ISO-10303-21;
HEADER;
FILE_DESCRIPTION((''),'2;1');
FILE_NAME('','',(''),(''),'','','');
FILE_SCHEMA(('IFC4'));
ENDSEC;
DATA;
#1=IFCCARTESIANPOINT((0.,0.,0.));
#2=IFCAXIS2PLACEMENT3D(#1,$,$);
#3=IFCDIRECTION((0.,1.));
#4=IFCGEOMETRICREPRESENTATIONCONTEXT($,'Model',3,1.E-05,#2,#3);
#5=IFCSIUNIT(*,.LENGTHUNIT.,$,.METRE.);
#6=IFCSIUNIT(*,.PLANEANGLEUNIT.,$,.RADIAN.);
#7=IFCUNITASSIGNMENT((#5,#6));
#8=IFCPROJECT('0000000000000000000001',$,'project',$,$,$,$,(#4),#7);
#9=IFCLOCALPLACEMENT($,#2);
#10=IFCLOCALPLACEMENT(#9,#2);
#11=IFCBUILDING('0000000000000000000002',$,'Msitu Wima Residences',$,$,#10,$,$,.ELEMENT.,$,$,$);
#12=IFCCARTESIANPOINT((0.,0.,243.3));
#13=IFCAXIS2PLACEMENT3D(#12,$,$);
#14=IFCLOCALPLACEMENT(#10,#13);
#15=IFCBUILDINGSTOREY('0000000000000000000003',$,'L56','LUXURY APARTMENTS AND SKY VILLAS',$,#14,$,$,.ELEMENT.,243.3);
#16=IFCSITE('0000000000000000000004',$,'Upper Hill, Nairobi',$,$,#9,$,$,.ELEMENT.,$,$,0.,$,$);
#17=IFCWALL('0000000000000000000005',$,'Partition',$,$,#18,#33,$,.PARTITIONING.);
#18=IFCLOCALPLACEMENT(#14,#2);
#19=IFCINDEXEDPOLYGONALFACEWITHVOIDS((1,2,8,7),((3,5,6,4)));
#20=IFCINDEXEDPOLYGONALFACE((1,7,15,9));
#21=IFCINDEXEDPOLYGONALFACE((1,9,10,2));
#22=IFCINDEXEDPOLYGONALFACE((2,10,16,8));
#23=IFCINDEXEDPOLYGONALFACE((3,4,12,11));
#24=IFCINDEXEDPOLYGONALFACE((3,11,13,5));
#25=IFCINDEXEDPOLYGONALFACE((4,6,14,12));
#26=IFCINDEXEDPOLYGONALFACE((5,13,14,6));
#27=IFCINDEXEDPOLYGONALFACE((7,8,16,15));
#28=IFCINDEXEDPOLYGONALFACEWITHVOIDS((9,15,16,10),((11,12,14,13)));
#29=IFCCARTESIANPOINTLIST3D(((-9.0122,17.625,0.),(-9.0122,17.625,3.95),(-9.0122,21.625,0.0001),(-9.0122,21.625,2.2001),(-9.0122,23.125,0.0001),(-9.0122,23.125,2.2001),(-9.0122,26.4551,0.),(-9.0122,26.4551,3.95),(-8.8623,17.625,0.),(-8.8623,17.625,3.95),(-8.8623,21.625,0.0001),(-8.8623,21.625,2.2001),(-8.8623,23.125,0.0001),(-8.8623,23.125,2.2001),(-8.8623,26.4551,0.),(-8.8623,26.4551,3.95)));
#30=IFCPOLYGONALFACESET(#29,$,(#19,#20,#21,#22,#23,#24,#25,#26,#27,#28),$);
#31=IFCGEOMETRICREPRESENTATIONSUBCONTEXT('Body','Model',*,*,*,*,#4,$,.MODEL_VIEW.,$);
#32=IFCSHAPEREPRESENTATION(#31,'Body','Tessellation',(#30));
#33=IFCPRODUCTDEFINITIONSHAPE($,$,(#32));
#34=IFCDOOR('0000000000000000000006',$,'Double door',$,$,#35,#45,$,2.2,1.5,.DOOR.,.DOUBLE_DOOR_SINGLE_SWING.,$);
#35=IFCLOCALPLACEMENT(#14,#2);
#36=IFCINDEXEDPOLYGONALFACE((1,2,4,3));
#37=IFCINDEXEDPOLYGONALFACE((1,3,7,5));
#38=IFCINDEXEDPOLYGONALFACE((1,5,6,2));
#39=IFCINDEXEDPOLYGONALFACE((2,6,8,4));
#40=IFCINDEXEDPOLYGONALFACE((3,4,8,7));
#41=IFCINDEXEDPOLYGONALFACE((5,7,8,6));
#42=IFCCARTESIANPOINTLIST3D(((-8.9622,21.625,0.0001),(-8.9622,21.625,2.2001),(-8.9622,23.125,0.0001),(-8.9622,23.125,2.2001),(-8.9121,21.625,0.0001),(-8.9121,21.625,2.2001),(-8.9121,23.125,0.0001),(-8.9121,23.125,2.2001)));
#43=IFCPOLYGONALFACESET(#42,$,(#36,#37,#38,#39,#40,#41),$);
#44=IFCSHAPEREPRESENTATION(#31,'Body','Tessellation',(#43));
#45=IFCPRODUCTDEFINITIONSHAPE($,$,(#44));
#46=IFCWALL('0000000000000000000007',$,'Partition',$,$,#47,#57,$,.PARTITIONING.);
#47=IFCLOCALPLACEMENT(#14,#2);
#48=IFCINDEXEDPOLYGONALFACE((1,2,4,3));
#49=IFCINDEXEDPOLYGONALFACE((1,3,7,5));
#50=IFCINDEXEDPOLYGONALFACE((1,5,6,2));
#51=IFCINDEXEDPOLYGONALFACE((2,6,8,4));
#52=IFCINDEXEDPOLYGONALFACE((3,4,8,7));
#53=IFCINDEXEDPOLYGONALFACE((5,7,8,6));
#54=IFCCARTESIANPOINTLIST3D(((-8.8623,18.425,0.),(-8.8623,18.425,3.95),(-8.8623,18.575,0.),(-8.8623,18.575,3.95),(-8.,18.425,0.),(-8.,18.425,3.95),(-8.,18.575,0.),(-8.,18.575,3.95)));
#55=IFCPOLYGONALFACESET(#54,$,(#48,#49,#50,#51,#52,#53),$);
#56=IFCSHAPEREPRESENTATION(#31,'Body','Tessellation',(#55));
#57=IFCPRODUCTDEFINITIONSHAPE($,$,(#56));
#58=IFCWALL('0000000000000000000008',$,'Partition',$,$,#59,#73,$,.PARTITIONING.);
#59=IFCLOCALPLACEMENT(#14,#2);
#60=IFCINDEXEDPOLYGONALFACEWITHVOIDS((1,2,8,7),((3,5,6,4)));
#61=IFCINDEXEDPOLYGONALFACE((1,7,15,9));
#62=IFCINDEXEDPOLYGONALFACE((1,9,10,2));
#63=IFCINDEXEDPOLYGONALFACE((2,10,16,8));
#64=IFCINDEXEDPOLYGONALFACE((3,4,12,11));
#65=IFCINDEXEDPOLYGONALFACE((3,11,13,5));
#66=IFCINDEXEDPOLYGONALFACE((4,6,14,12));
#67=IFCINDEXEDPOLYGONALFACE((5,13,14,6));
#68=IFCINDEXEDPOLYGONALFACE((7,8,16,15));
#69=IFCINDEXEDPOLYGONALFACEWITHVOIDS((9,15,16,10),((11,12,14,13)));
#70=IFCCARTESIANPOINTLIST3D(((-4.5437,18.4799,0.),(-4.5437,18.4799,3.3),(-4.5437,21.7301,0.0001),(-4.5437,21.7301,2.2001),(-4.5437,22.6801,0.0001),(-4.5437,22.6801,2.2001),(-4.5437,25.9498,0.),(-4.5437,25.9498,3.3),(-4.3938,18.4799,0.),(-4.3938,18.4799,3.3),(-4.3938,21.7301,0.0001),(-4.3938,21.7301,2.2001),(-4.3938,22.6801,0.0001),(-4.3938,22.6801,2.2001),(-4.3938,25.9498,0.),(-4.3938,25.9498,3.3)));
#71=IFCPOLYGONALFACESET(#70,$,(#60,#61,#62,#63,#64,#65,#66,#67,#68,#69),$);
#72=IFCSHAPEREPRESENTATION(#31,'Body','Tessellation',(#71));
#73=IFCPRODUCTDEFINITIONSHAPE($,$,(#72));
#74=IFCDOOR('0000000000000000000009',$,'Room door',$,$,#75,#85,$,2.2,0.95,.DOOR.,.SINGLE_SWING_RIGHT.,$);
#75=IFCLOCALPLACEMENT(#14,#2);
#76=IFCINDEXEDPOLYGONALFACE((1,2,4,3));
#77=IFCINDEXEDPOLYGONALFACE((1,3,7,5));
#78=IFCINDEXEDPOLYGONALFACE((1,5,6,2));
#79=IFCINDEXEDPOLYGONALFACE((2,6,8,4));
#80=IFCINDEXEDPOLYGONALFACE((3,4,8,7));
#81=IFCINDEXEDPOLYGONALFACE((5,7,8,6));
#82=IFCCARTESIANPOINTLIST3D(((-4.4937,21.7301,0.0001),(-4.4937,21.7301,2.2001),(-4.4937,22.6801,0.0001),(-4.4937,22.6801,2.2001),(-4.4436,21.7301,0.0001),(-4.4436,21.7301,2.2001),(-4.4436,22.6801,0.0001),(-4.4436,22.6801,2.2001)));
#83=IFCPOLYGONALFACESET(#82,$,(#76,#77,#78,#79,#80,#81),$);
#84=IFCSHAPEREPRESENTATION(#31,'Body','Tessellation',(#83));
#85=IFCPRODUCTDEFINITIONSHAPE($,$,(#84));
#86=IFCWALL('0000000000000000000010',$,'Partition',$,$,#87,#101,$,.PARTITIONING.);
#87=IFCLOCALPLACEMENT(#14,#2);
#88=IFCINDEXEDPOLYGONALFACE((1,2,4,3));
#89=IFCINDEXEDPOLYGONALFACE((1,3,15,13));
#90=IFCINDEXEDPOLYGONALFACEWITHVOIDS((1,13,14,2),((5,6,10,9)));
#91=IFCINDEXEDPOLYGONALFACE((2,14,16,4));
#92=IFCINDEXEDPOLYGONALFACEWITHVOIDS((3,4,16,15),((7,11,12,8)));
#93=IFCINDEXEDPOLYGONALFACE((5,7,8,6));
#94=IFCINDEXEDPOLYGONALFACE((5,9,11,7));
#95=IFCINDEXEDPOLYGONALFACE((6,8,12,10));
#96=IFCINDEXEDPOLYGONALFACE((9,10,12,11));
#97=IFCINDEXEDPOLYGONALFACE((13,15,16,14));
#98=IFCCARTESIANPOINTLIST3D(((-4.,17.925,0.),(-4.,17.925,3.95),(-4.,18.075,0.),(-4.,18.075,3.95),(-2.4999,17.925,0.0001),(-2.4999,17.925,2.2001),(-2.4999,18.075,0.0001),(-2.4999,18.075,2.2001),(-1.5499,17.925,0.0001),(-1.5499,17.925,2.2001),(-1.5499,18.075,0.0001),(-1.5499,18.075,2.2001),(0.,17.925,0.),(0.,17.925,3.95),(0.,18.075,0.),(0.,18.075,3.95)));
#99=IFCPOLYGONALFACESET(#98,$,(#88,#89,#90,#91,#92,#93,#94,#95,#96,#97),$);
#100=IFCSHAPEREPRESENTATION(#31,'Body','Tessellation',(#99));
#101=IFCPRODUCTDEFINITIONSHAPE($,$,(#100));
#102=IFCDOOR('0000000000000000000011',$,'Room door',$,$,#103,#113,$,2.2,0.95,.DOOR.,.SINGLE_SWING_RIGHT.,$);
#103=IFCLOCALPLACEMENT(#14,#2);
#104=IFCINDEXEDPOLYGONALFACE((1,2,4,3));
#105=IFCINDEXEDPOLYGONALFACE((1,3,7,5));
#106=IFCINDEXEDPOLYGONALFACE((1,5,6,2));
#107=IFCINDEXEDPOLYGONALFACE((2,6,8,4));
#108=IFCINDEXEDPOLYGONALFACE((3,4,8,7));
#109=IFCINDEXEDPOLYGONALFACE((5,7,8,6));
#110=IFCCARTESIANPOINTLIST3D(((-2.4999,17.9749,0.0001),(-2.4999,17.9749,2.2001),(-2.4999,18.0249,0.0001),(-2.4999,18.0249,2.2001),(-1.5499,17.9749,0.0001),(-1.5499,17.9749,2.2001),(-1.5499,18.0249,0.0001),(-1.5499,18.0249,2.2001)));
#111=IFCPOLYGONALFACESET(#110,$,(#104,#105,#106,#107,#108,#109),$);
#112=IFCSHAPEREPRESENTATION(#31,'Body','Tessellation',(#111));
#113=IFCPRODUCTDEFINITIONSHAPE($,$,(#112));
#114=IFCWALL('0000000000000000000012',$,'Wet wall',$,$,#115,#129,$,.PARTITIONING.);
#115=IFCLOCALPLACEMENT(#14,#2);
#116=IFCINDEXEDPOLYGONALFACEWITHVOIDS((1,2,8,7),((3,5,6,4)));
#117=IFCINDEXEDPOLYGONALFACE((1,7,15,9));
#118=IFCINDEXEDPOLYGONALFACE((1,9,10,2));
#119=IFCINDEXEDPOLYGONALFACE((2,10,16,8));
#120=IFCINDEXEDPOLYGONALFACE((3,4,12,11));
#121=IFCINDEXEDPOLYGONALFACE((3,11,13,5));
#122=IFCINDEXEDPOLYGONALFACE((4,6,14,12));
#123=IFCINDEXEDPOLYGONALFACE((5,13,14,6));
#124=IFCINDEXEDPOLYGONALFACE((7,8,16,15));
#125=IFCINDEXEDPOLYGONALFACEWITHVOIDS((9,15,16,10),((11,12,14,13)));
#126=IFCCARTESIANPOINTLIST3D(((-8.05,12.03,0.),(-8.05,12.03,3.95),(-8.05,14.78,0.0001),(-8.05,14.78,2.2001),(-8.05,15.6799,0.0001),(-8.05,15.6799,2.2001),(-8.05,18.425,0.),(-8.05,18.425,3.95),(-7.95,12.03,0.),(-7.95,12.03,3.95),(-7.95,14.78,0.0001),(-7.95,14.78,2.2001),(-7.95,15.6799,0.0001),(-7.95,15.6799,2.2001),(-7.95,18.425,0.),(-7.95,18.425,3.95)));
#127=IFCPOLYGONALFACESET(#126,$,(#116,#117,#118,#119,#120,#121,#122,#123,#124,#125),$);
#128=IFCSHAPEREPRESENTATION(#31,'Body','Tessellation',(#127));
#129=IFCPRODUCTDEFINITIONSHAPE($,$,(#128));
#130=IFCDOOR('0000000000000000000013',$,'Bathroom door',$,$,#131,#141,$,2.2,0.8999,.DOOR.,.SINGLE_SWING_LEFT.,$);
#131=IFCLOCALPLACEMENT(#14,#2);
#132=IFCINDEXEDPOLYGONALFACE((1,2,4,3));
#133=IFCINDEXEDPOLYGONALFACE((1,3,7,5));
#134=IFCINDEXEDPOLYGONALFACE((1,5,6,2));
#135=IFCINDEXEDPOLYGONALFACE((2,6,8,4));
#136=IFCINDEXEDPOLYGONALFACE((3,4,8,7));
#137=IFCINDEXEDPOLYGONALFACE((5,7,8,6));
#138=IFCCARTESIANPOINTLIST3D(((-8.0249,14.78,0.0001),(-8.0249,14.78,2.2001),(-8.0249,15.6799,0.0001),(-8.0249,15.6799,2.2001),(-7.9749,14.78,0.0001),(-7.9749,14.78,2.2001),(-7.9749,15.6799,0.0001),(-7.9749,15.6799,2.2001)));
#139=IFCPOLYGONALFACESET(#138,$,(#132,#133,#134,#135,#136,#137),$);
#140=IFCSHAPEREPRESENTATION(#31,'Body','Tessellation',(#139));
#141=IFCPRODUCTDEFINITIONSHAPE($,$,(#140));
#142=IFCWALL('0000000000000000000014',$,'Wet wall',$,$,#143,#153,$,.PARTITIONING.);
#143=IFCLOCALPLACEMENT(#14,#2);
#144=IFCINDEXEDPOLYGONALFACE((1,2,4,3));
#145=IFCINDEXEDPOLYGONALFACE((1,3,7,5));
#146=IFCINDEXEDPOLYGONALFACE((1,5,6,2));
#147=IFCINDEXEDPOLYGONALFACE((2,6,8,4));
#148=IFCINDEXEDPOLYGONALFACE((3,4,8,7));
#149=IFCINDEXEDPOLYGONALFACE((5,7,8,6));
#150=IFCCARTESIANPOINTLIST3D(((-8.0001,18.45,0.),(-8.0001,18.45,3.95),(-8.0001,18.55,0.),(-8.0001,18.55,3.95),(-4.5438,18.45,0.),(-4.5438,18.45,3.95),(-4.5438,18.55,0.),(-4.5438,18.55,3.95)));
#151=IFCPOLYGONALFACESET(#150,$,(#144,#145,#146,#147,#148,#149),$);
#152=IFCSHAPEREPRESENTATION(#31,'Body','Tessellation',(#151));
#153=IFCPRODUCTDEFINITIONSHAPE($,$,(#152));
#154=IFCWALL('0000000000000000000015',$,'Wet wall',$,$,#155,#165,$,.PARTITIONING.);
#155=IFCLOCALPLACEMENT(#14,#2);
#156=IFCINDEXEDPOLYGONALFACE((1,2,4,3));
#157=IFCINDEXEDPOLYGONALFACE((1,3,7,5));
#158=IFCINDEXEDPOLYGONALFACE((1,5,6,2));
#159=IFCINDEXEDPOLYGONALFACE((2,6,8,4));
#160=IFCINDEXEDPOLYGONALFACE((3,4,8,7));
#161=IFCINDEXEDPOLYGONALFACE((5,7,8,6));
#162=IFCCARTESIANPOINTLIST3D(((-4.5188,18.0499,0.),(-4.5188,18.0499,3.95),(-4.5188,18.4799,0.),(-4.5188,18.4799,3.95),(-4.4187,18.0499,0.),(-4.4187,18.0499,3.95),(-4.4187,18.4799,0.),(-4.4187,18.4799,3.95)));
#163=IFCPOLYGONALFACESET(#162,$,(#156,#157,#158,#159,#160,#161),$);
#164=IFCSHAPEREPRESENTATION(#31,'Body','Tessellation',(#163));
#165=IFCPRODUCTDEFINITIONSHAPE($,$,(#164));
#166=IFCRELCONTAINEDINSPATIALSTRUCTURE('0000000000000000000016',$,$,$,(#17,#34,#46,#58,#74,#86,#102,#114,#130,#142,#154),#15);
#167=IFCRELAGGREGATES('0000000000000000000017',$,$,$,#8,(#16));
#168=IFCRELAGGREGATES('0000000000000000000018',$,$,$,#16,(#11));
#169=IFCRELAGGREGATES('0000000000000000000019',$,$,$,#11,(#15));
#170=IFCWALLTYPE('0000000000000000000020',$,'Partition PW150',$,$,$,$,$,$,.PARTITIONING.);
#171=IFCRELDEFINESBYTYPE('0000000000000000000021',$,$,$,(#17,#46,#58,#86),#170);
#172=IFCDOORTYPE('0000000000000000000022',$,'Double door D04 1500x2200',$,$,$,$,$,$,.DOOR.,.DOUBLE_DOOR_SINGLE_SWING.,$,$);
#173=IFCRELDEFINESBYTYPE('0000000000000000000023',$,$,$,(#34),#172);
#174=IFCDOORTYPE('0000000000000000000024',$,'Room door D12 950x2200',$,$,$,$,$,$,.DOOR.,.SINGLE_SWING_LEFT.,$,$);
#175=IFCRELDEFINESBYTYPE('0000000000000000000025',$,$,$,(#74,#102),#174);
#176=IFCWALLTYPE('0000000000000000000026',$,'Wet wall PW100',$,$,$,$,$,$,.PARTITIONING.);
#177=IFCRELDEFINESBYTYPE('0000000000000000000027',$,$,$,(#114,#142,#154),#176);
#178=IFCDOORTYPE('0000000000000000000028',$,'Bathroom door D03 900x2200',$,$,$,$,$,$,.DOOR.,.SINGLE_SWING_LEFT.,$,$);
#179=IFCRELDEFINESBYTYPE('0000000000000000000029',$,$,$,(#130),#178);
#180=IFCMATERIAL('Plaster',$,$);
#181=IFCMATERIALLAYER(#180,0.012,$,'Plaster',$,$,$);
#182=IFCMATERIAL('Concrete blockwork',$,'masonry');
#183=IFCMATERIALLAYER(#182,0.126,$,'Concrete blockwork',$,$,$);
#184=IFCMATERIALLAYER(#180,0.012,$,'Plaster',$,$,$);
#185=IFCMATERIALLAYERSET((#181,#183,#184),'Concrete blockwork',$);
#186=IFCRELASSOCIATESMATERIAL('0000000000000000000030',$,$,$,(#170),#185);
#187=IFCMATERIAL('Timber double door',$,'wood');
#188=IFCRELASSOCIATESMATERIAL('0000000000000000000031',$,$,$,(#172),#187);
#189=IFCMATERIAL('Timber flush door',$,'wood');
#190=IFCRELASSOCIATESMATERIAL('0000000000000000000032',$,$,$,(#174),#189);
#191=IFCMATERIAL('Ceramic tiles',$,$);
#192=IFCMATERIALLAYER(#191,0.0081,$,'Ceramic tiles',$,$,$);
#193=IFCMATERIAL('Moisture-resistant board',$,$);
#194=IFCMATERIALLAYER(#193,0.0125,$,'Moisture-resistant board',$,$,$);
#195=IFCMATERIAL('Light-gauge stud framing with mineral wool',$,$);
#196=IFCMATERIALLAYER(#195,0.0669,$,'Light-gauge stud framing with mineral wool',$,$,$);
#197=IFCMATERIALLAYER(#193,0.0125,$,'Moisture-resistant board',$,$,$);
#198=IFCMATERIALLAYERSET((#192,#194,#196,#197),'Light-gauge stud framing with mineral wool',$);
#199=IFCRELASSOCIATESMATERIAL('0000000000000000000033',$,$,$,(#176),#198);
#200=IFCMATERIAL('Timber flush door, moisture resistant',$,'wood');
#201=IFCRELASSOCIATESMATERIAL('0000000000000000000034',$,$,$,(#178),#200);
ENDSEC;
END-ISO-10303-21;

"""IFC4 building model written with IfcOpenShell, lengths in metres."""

from ifc_helpers import new_model, si_unit, direction, frame, frame_2d, origin, place, context, subcontext, project, spatial, rectangle, extrude, material, layer, layer_set, type_object, element, fill, save


model = new_model("IFC4")

# Units and contexts
model_context = context("Model", 3, precision=1e-05, world=origin(), true_north=direction((0.0, 1.0)))
body_context = subcontext(model_context, "Body", "Model", "MODEL_VIEW")
ifc_project = project(units=[si_unit("LENGTHUNIT", "METRE"), si_unit("PLANEANGLEUNIT", "RADIAN")], contexts=[model_context])

# Site, building, storey
site_placement = place(None, origin())
site = spatial("IfcSite", under=ifc_project, at=site_placement, Name="Upper Hill, Nairobi", CompositionType="ELEMENT", RefElevation=0.0)
building_placement = place(site_placement, origin())
building = spatial("IfcBuilding", under=site, at=building_placement, Name="Msitu Wima Residences", CompositionType="ELEMENT")
storey_placement = place(building_placement, frame((0.0, 0.0, 243.3)))
storey = spatial("IfcBuildingStorey", under=building, at=storey_placement, Name="L56", Description="LUXURY APARTMENTS AND SKY VILLAS", CompositionType="ELEMENT", Elevation=243.3)

# Wall, opening, door
ifc_material_1 = material(Name="Plaster")
ifc_layer_1 = layer(ifc_material_1, 0.012, Name="Plaster")
ifc_material_2 = material(Name="Concrete blockwork", Category="masonry")
ifc_layer_2 = layer(ifc_material_2, 0.126, Name="Concrete blockwork")
ifc_layer_3 = layer(ifc_material_1, 0.012, Name="Plaster")
ifc_layer_set_1 = layer_set([ifc_layer_1, ifc_layer_2, ifc_layer_3], Name="Concrete blockwork")
wall_type_1 = type_object("IfcWallType", Name="Partition PW150", PredefinedType="PARTITIONING", material=ifc_layer_set_1)
wall_1_placement = place(storey_placement, frame((-8.9373, 17.625, 0.0), z_axis=(0.0, 0.0, 1.0), x_axis=(0.0, 1.0, 0.0)))
wall_1 = element("IfcWall", 1, at=wall_1_placement, inside=storey, type_object=wall_type_1, Name="Partition", PredefinedType="PARTITIONING", context=body_context, shape_type="SweptSolid", body=[
    extrude(rectangle(XDim=8.8301, YDim=0.1499, at=frame_2d((4.415, 0.0))), origin(), (0.0, 0.0, 1.0), 3.95),
])
opening_1_placement = place(wall_1_placement, frame((4.0, 0.0, 0.0)))
opening_1 = element("IfcOpeningElement", 2, at=opening_1_placement, cuts=wall_1, PredefinedType="OPENING", context=body_context, shape_type="SweptSolid", body=[
    extrude(rectangle(XDim=1.5, YDim=2.2, at=frame_2d((0.75, 1.1001))), frame((0.0, 0.085, 0.0), z_axis=(0.0, -1.0, 0.0), x_axis=(1.0, 0.0, 0.0)), (0.0, 0.0, 1.0), 0.1699),
])
ifc_material_3 = material(Name="Timber double door", Category="wood")
door_type_1 = type_object("IfcDoorType", Name="Double door D04 1500x2200", OperationType="DOUBLE_DOOR_SINGLE_SWING", PredefinedType="DOOR", material=ifc_material_3)
door_1_placement = place(opening_1_placement, origin())
door_1 = element("IfcDoor", 3, at=door_1_placement, inside=storey, type_object=door_type_1, Name="Double door", OperationType="DOUBLE_DOOR_SINGLE_SWING", OverallHeight=2.2, OverallWidth=1.5, PredefinedType="DOOR", context=body_context, shape_type="SweptSolid", body=[
    extrude(rectangle(XDim=1.5, YDim=2.2, at=frame_2d((0.75, 1.1001))), frame((0.0, 0.0249, 0.0), z_axis=(0.0, -1.0, 0.0), x_axis=(1.0, 0.0, 0.0)), (0.0, 0.0, 1.0), 0.05),
])
fill(opening_1, door_1)

# Wall
wall_2_placement = place(storey_placement, frame((-8.8623, 18.5, 0.0), z_axis=(0.0, 0.0, 1.0), x_axis=(1.0, 0.0, 0.0)))
element("IfcWall", 4, at=wall_2_placement, inside=storey, type_object=wall_type_1, Name="Partition", PredefinedType="PARTITIONING", context=body_context, shape_type="SweptSolid", body=[
    extrude(rectangle(XDim=0.8623, YDim=0.1499, at=frame_2d((0.4312, 0.0))), origin(), (0.0, 0.0, 1.0), 3.95),
])

# Walls, openings, doors
wall_3_placement = place(storey_placement, frame((-4.4688, 18.48, 0.0), z_axis=(0.0, 0.0, 1.0), x_axis=(0.0, 1.0, 0.0)))
wall_3 = element("IfcWall", 5, at=wall_3_placement, inside=storey, type_object=wall_type_1, Name="Partition", PredefinedType="PARTITIONING", context=body_context, shape_type="SweptSolid", body=[
    extrude(rectangle(XDim=7.47, YDim=0.1499, at=frame_2d((3.7349, 0.0))), origin(), (0.0, 0.0, 1.0), 3.3),
])
opening_2_placement = place(wall_3_placement, frame((3.25, 0.0, 0.0)))
opening_2 = element("IfcOpeningElement", 6, at=opening_2_placement, cuts=wall_3, PredefinedType="OPENING", context=body_context, shape_type="SweptSolid", body=[
    extrude(rectangle(XDim=0.95, YDim=2.2, at=frame_2d((0.4751, 1.1001))), frame((0.0, 0.085, 0.0), z_axis=(0.0, -1.0, 0.0), x_axis=(1.0, 0.0, 0.0)), (0.0, 0.0, 1.0), 0.1699),
])
ifc_material_4 = material(Name="Timber flush door", Category="wood")
door_type_2 = type_object("IfcDoorType", Name="Room door D12 950x2200", OperationType="SINGLE_SWING_LEFT", PredefinedType="DOOR", material=ifc_material_4)
door_2_placement = place(opening_2_placement, origin())
door_2 = element("IfcDoor", 7, at=door_2_placement, inside=storey, type_object=door_type_2, Name="Room door", OperationType="SINGLE_SWING_RIGHT", OverallHeight=2.2, OverallWidth=0.95, PredefinedType="DOOR", context=body_context, shape_type="SweptSolid", body=[
    extrude(rectangle(XDim=0.95, YDim=2.2, at=frame_2d((0.4751, 1.1001))), frame((0.0, 0.0249, 0.0), z_axis=(0.0, -1.0, 0.0), x_axis=(1.0, 0.0, 0.0)), (0.0, 0.0, 1.0), 0.05),
])
fill(opening_2, door_2)
wall_4_placement = place(storey_placement, frame((-4.0, 18.0, 0.0), z_axis=(0.0, 0.0, 1.0), x_axis=(1.0, 0.0, 0.0)))
wall_4 = element("IfcWall", 8, at=wall_4_placement, inside=storey, type_object=wall_type_1, Name="Partition", PredefinedType="PARTITIONING", context=body_context, shape_type="SweptSolid", body=[
    extrude(rectangle(XDim=4.0, YDim=0.1499, at=frame_2d((2.0, 0.0))), origin(), (0.0, 0.0, 1.0), 3.95),
])
opening_3_placement = place(wall_4_placement, frame((1.5, 0.0, 0.0)))
opening_3 = element("IfcOpeningElement", 9, at=opening_3_placement, cuts=wall_4, PredefinedType="OPENING", context=body_context, shape_type="SweptSolid", body=[
    extrude(rectangle(XDim=0.95, YDim=2.2, at=frame_2d((0.4751, 1.1001))), frame((0.0, 0.085, 0.0), z_axis=(0.0, -1.0, 0.0), x_axis=(1.0, 0.0, 0.0)), (0.0, 0.0, 1.0), 0.1699),
])
door_3_placement = place(opening_3_placement, origin())
door_3 = element("IfcDoor", 10, at=door_3_placement, inside=storey, type_object=door_type_2, Name="Room door", OperationType="SINGLE_SWING_RIGHT", OverallHeight=2.2, OverallWidth=0.95, PredefinedType="DOOR", context=body_context, shape_type="SweptSolid", body=[
    extrude(rectangle(XDim=0.95, YDim=2.2, at=frame_2d((0.4751, 1.1001))), frame((0.0, 0.0249, 0.0), z_axis=(0.0, -1.0, 0.0), x_axis=(1.0, 0.0, 0.0)), (0.0, 0.0, 1.0), 0.05),
])
fill(opening_3, door_3)
ifc_material_5 = material(Name="Ceramic tiles")
ifc_layer_4 = layer(ifc_material_5, 0.0081, Name="Ceramic tiles")
ifc_material_6 = material(Name="Moisture-resistant board")
ifc_layer_5 = layer(ifc_material_6, 0.0125, Name="Moisture-resistant board")
ifc_material_7 = material(Name="Light-gauge stud framing with mineral wool")
ifc_layer_6 = layer(ifc_material_7, 0.0669, Name="Light-gauge stud framing with mineral wool")
ifc_layer_7 = layer(ifc_material_6, 0.0125, Name="Moisture-resistant board")
ifc_layer_set_2 = layer_set([ifc_layer_4, ifc_layer_5, ifc_layer_6, ifc_layer_7], Name="Light-gauge stud framing with mineral wool")
wall_type_2 = type_object("IfcWallType", Name="Wet wall PW100", PredefinedType="PARTITIONING", material=ifc_layer_set_2)
wall_5_placement = place(storey_placement, frame((-8.0, 12.03, 0.0), z_axis=(0.0, 0.0, 1.0), x_axis=(0.0, 1.0, 0.0)))
wall_5 = element("IfcWall", 11, at=wall_5_placement, inside=storey, type_object=wall_type_2, Name="Wet wall", PredefinedType="PARTITIONING", context=body_context, shape_type="SweptSolid", body=[
    extrude(rectangle(XDim=6.395, YDim=0.1001, at=frame_2d((3.1975, 0.0))), origin(), (0.0, 0.0, 1.0), 3.95),
])
opening_4_placement = place(wall_5_placement, frame((2.75, 0.0, 0.0)))
opening_4 = element("IfcOpeningElement", 12, at=opening_4_placement, cuts=wall_5, PredefinedType="OPENING", context=body_context, shape_type="SweptSolid", body=[
    extrude(rectangle(XDim=0.8999, YDim=2.2, at=frame_2d((0.45, 1.1001))), frame((0.0, 0.0601, 0.0), z_axis=(0.0, -1.0, 0.0), x_axis=(1.0, 0.0, 0.0)), (0.0, 0.0, 1.0), 0.1201),
])
ifc_material_8 = material(Name="Timber flush door, moisture resistant", Category="wood")
door_type_3 = type_object("IfcDoorType", Name="Bathroom door D03 900x2200", OperationType="SINGLE_SWING_LEFT", PredefinedType="DOOR", material=ifc_material_8)
door_4_placement = place(opening_4_placement, origin())
door_4 = element("IfcDoor", 13, at=door_4_placement, inside=storey, type_object=door_type_3, Name="Bathroom door", OperationType="SINGLE_SWING_LEFT", OverallHeight=2.2, OverallWidth=0.8999, PredefinedType="DOOR", context=body_context, shape_type="SweptSolid", body=[
    extrude(rectangle(XDim=0.8999, YDim=2.2, at=frame_2d((0.45, 1.1001))), frame((0.0, 0.0249, 0.0), z_axis=(0.0, -1.0, 0.0), x_axis=(1.0, 0.0, 0.0)), (0.0, 0.0, 1.0), 0.05),
])
fill(opening_4, door_4)

# Walls
wall_6_placement = place(storey_placement, frame((-8.0, 18.5, 0.0), z_axis=(0.0, 0.0, 1.0), x_axis=(1.0, 0.0, 0.0)))
element("IfcWall", 14, at=wall_6_placement, inside=storey, type_object=wall_type_2, Name="Wet wall", PredefinedType="PARTITIONING", context=body_context, shape_type="SweptSolid", body=[
    extrude(rectangle(XDim=3.4563, YDim=0.1001, at=frame_2d((1.728, 0.0))), origin(), (0.0, 0.0, 1.0), 3.95),
])
wall_7_placement = place(storey_placement, frame((-4.4688, 18.05, 0.0), z_axis=(0.0, 0.0, 1.0), x_axis=(0.0, 1.0, 0.0)))
element("IfcWall", 15, at=wall_7_placement, inside=storey, type_object=wall_type_2, Name="Wet wall", PredefinedType="PARTITIONING", context=body_context, shape_type="SweptSolid", body=[
    extrude(rectangle(XDim=0.4299, YDim=0.1001, at=frame_2d((0.2148, 0.0))), origin(), (0.0, 0.0, 1.0), 3.95),
])

save(model, "model.ifc")
